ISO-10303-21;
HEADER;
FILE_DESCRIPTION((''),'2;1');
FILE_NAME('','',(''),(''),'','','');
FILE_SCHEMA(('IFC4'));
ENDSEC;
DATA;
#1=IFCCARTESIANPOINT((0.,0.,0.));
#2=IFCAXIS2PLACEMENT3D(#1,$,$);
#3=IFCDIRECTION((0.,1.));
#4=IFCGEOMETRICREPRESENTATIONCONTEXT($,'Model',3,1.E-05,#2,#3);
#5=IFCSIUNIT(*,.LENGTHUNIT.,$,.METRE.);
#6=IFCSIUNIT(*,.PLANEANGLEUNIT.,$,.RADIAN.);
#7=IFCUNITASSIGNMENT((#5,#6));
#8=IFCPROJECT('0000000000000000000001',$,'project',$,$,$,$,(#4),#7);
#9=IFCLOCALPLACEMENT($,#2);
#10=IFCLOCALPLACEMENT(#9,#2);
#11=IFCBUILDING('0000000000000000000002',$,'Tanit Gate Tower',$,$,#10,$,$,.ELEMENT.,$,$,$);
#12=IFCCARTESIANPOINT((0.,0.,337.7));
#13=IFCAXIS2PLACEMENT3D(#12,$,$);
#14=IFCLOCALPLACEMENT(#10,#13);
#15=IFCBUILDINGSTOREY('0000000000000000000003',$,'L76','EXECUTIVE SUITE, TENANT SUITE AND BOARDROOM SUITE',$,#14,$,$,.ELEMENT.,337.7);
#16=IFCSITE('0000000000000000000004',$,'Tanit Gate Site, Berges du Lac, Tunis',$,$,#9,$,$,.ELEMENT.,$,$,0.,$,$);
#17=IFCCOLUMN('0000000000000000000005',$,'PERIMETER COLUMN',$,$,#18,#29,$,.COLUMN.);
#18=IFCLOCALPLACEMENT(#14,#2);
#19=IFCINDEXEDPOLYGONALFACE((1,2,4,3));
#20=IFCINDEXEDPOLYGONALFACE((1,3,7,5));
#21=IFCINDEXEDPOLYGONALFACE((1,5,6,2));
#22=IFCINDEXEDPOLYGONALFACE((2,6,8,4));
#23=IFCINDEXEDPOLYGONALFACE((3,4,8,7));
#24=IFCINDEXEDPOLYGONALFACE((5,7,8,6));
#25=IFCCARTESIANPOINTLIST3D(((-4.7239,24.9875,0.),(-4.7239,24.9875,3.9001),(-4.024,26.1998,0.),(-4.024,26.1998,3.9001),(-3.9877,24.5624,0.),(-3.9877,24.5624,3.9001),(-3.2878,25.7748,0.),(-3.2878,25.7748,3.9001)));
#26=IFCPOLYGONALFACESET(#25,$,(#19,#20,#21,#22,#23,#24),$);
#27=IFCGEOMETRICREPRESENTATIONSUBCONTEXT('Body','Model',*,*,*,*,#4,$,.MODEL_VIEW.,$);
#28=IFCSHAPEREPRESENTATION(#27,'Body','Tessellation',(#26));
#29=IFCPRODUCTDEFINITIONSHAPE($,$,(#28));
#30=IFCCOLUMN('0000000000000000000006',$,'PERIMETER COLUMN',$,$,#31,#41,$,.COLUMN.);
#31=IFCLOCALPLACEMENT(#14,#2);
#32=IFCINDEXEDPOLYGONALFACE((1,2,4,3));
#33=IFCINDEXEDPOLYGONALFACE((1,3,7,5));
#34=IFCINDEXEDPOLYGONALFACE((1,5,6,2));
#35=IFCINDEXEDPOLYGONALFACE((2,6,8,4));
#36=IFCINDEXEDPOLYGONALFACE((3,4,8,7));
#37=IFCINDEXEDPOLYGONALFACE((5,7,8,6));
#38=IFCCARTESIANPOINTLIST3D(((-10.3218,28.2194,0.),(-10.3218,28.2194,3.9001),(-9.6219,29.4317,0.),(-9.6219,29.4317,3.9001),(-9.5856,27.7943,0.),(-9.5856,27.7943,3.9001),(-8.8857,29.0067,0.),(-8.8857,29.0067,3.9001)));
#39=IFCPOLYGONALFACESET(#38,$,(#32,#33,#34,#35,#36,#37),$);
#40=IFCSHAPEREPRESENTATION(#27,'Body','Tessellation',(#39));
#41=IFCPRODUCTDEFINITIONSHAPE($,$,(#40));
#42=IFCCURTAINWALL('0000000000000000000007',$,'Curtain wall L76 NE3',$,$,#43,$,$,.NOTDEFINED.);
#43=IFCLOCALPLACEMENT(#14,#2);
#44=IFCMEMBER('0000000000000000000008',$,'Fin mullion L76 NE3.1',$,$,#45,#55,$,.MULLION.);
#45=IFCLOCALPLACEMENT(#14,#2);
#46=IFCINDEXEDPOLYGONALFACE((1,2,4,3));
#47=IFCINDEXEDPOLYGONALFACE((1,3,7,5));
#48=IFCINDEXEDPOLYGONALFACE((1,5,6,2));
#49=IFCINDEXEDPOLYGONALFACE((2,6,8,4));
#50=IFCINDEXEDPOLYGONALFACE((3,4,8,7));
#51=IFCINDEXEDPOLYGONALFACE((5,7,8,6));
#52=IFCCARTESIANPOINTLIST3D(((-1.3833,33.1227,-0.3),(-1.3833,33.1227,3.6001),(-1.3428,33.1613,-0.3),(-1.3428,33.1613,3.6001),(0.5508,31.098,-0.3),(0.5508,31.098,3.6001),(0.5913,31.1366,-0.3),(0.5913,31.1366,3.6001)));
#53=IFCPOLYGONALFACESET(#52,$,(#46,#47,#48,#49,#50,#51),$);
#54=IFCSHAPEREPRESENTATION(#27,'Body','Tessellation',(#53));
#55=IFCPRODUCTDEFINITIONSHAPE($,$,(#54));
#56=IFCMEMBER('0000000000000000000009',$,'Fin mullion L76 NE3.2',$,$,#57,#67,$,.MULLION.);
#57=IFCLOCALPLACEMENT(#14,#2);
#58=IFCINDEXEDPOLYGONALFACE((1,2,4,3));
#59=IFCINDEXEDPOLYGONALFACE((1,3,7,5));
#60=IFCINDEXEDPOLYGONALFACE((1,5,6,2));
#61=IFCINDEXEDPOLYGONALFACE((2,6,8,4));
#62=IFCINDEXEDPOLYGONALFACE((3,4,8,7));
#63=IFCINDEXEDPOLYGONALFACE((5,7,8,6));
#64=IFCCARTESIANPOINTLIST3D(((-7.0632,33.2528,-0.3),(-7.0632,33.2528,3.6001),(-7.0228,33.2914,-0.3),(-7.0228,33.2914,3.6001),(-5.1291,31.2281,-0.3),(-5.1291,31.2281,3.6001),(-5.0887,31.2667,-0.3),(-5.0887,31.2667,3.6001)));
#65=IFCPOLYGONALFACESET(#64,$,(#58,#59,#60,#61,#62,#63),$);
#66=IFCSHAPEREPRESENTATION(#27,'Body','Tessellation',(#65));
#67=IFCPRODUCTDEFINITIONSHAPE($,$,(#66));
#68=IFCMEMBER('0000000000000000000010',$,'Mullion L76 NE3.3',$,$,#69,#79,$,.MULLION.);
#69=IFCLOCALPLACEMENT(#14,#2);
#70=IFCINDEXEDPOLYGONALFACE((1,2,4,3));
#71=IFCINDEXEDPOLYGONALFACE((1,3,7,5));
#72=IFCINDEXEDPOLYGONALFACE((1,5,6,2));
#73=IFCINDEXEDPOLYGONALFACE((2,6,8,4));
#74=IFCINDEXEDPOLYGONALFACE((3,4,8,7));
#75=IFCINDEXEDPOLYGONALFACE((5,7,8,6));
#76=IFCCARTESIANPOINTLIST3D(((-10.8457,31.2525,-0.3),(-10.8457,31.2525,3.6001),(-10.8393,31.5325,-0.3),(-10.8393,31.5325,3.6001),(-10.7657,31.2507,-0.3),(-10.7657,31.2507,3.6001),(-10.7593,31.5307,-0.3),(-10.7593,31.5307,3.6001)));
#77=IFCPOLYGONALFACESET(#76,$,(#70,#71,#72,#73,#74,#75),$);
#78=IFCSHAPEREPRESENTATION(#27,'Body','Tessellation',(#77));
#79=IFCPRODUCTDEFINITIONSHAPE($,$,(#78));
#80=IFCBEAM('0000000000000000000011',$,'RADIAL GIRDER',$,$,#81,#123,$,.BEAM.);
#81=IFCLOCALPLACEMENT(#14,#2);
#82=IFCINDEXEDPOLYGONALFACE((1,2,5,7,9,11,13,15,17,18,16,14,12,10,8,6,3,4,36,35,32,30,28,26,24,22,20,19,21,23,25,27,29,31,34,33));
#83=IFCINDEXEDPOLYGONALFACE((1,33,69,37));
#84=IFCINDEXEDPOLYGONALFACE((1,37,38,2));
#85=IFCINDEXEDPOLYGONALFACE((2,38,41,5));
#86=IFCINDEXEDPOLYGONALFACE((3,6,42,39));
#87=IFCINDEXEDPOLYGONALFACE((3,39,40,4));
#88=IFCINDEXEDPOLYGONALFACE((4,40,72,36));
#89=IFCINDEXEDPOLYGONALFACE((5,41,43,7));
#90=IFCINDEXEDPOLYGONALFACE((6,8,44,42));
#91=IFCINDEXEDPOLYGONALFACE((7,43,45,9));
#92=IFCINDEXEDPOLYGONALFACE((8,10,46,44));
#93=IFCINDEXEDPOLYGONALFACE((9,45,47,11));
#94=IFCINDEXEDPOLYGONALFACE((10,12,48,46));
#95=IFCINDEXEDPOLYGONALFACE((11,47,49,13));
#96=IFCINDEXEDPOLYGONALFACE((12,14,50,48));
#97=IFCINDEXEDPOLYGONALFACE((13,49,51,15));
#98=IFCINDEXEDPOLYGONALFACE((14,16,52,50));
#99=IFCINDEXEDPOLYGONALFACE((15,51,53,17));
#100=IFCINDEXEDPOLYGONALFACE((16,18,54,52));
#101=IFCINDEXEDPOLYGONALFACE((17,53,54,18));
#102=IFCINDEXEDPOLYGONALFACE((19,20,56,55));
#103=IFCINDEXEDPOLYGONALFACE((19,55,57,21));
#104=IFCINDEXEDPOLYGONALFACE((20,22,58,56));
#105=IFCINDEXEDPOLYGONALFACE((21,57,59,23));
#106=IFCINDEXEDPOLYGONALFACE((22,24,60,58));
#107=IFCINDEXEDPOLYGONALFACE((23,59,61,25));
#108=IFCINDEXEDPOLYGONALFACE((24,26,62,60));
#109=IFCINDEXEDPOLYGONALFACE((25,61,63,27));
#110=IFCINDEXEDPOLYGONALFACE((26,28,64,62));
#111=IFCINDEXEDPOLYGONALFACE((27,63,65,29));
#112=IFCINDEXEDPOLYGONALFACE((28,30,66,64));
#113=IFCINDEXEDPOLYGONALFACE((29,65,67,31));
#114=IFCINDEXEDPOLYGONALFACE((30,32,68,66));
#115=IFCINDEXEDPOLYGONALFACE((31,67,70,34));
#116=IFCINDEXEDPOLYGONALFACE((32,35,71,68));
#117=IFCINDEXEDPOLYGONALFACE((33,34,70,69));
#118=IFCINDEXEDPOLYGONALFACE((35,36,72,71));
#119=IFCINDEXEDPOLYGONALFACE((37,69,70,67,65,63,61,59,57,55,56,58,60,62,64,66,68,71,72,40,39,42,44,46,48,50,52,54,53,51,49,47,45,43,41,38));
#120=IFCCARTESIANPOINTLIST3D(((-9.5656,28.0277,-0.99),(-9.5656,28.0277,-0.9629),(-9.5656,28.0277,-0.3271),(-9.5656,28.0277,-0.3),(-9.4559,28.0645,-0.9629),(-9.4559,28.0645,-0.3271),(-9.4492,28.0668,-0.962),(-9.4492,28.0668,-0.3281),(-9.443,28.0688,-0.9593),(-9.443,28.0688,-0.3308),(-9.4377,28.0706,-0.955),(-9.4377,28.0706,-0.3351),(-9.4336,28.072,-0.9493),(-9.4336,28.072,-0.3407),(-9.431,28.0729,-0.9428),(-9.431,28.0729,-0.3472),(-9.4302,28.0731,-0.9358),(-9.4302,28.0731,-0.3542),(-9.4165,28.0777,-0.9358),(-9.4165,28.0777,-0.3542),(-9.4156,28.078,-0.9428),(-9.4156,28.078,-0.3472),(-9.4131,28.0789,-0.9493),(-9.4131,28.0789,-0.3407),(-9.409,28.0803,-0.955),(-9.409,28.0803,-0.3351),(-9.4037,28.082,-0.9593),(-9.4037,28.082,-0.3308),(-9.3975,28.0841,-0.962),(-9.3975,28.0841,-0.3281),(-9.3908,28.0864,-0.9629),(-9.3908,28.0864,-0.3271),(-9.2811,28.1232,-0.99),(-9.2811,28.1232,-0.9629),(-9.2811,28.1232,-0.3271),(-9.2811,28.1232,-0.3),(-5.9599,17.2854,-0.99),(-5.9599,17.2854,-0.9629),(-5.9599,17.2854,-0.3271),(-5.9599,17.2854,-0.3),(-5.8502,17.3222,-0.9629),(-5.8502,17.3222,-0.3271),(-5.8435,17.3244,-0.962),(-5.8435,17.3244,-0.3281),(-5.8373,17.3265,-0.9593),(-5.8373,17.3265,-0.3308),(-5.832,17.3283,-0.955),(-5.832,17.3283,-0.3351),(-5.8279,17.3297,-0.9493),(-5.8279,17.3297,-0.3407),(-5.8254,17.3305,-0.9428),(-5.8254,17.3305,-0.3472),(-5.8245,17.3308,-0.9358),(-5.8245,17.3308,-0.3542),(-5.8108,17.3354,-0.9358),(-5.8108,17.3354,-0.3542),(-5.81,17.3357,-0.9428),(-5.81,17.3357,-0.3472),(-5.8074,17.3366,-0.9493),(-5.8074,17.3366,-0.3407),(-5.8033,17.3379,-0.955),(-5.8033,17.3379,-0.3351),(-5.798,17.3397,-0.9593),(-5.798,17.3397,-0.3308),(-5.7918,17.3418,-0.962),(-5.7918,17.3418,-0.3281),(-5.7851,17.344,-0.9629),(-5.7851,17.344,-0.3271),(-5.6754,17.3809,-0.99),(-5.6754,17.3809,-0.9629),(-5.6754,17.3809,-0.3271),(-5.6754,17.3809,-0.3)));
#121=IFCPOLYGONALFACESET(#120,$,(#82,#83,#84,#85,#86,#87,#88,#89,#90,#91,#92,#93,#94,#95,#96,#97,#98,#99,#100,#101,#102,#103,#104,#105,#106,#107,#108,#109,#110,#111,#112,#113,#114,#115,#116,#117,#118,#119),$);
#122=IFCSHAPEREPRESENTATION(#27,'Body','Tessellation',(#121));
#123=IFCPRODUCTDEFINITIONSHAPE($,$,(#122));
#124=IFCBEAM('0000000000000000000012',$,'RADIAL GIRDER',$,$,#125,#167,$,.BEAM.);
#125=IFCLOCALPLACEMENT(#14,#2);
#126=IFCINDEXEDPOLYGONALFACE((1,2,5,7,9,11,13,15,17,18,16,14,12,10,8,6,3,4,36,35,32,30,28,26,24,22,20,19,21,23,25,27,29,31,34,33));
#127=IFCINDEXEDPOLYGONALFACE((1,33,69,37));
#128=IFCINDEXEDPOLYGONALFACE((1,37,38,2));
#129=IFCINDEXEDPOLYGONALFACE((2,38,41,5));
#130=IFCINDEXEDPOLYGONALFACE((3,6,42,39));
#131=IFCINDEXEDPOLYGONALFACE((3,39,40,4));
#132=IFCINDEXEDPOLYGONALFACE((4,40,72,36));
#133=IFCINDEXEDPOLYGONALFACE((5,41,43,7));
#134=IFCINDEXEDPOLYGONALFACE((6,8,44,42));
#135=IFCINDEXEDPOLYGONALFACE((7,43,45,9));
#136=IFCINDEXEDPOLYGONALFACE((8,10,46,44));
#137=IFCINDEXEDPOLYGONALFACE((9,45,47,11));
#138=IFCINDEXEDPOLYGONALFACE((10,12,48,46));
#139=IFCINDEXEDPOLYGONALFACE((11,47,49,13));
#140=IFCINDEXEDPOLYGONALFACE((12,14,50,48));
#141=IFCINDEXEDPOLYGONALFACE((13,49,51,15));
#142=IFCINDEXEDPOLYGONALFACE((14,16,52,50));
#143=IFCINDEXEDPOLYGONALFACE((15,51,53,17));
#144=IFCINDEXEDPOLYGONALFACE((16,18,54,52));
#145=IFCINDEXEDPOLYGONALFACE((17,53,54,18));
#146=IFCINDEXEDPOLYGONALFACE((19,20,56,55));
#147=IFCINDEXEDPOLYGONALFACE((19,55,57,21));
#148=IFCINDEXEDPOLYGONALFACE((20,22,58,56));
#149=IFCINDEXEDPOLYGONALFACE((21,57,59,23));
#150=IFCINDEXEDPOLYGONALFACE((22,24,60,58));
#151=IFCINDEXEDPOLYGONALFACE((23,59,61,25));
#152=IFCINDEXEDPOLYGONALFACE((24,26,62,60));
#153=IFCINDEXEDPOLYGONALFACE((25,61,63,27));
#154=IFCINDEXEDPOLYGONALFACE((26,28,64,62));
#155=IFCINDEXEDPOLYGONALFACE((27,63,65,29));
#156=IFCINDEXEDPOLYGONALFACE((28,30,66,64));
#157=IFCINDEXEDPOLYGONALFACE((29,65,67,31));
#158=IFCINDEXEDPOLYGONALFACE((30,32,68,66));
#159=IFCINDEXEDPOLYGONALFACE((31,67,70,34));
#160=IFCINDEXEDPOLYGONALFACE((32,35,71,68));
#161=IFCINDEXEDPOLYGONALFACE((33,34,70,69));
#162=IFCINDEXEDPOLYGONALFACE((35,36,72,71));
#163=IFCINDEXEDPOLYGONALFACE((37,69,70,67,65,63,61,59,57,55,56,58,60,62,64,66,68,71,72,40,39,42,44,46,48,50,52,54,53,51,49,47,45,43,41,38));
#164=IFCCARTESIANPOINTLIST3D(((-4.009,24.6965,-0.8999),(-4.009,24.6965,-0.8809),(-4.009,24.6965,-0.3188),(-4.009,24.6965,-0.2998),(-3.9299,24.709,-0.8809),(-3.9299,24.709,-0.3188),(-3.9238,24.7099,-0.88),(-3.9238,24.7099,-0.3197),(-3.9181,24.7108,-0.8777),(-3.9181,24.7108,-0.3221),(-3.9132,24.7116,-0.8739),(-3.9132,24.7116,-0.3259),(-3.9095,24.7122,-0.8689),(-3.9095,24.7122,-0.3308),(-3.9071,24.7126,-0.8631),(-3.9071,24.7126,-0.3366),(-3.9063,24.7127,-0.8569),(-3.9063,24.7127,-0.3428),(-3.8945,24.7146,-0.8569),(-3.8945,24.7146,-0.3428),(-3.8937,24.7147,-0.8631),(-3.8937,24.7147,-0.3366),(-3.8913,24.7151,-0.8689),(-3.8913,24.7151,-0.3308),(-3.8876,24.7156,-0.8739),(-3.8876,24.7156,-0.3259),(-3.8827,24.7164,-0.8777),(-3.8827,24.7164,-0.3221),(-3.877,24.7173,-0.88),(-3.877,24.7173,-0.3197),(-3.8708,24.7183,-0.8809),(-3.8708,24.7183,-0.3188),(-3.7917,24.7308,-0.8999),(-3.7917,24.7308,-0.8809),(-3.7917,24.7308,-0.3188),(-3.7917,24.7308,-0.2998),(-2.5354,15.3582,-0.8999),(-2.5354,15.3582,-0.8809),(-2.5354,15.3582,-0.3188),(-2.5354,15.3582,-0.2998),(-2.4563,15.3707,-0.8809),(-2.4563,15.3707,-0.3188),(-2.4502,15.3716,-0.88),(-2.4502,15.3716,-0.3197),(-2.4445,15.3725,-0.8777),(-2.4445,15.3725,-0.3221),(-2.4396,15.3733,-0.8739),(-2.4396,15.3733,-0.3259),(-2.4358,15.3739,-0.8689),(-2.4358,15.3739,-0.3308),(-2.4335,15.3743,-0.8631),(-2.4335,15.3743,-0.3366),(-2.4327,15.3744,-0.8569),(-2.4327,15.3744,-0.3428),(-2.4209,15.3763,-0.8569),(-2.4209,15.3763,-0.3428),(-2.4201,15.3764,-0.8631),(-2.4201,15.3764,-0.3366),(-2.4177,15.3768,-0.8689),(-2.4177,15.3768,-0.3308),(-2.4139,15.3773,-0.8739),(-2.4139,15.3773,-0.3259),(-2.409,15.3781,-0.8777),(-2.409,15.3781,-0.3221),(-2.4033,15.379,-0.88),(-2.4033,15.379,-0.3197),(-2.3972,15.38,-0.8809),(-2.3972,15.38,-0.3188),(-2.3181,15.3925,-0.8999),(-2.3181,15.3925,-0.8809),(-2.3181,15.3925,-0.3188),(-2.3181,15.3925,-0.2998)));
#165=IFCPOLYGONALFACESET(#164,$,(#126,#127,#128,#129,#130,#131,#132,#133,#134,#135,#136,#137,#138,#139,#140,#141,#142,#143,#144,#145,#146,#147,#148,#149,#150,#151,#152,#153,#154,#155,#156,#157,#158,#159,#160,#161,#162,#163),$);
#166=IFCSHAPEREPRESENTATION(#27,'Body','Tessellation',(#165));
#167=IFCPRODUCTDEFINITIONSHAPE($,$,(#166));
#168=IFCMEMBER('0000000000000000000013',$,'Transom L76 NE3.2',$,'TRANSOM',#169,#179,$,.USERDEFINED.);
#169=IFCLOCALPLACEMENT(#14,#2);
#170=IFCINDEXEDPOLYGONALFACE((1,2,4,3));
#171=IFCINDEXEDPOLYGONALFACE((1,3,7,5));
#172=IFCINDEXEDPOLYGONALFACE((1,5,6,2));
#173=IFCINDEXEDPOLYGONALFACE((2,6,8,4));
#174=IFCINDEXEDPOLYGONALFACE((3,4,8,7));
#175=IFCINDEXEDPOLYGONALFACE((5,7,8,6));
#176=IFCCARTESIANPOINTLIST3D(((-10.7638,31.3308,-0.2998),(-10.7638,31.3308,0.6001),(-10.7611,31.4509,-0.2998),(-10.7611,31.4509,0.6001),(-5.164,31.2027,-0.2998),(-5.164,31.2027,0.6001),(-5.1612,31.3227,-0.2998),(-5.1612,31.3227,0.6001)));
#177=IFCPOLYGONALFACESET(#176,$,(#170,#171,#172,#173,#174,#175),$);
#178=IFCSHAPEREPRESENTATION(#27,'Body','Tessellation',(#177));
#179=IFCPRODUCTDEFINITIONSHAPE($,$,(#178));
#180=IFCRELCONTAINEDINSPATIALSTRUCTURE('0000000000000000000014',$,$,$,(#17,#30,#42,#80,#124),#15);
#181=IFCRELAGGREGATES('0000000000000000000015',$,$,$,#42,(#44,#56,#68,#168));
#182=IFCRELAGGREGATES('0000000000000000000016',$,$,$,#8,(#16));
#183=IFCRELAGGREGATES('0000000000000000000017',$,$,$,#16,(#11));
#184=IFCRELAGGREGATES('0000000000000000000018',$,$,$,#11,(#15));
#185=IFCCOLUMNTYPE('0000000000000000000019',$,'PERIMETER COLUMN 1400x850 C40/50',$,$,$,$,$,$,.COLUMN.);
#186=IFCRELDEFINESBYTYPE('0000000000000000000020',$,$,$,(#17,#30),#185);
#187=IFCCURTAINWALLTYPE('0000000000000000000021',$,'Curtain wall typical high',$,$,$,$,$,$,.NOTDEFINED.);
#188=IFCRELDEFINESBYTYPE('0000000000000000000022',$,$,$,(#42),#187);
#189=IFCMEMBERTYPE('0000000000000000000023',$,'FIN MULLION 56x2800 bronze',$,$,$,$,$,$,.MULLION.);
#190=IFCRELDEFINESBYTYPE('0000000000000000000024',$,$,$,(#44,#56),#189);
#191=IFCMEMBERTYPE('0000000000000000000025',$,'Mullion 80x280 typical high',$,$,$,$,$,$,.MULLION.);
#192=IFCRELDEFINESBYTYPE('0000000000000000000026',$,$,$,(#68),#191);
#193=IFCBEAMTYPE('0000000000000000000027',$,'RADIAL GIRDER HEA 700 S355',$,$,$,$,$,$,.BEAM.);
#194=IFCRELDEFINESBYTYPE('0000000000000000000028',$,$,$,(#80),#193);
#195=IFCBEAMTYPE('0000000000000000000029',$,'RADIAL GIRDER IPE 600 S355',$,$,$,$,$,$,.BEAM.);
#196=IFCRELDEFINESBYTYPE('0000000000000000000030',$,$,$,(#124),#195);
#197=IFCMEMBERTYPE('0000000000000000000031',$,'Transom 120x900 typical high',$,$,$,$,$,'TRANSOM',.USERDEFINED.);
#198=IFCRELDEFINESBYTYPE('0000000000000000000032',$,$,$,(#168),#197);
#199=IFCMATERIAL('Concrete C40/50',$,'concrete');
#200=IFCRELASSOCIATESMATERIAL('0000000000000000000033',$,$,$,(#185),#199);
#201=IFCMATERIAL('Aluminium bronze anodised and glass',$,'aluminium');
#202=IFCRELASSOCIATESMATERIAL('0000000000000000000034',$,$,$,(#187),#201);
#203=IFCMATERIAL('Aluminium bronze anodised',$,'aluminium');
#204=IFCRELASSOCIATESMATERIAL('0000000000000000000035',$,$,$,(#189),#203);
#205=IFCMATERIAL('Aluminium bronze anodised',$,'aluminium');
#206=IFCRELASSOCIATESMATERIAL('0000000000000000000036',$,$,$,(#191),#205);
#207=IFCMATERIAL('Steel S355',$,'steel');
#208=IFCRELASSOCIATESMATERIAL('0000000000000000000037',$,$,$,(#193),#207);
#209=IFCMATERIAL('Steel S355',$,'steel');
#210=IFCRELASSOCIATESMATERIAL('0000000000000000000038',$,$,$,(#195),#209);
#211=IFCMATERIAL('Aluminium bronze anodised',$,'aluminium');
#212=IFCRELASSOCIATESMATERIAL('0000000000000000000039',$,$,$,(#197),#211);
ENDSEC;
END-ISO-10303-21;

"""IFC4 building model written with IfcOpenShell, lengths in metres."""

from ifc_helpers import new_model, si_unit, direction, frame, origin, origin_2d, place, context, subcontext, project, spatial, rectangle, i_section, extrude, material, material_profile, profile_set, type_object, element, aggregate, save


model = new_model("IFC4")

# Units and contexts
model_context = context("Model", 3, precision=1e-05, world=origin(), true_north=direction((0.0, 1.0)))
body_context = subcontext(model_context, "Body", "Model", "MODEL_VIEW")
ifc_project = project(units=[si_unit("LENGTHUNIT", "METRE"), si_unit("PLANEANGLEUNIT", "RADIAN")], contexts=[model_context])

# Site, building, storey
site_placement = place(None, origin())
site = spatial("IfcSite", under=ifc_project, at=site_placement, Name="Tanit Gate Site, Berges du Lac, Tunis", CompositionType="ELEMENT", RefElevation=0.0)
building_placement = place(site_placement, origin())
building = spatial("IfcBuilding", under=site, at=building_placement, Name="Tanit Gate Tower", CompositionType="ELEMENT")
storey_placement = place(building_placement, frame((0.0, 0.0, 337.7)))
storey = spatial("IfcBuildingStorey", under=building, at=storey_placement, Name="L76", Description="EXECUTIVE SUITE, TENANT SUITE AND BOARDROOM SUITE", CompositionType="ELEMENT", Elevation=337.7)

# Columns
ifc_material_1 = material(Name="Concrete C40/50", Category="concrete")
ifc_material_profile_1 = material_profile(ifc_material_1, rectangle(XDim=1.3999, YDim=0.8501, at=origin_2d()), Name="RC 1400x850")
ifc_profile_set_1 = profile_set([ifc_material_profile_1], Name="Concrete C40/50")
column_type = type_object("IfcColumnType", Name="PERIMETER COLUMN 1400x850 C40/50", PredefinedType="COLUMN", material=ifc_profile_set_1)
for number, where, z_axis, x_axis, name in (
    (1, (-4.0059, 25.3811, 0.0), (0.0, 0.0, 1.0), (0.5, 0.866025, 0.0), "PERIMETER COLUMN"),
    (2, (-9.6038, 28.613, 0.0), (0.0, 0.0, 1.0), (0.5, 0.866025, 0.0), "PERIMETER COLUMN"),
):
    element("IfcColumn", number, at=place(storey_placement, frame(where, z_axis=z_axis, x_axis=x_axis)), inside=storey, type_object=column_type, Name=name, PredefinedType="COLUMN", context=body_context, shape_type="SweptSolid", body=[
        extrude(rectangle(XDim=1.3999, YDim=0.8501, at=origin_2d()), origin(), (0.0, 0.0, 1.0), 3.9001),
    ])

# Curtain wall, members
ifc_material_2 = material(Name="Aluminium bronze anodised and glass", Category="aluminium")
curtain_wall_type = type_object("IfcCurtainWallType", Name="Curtain wall typical high", PredefinedType="NOTDEFINED", material=ifc_material_2)
curtain_wall_placement = place(storey_placement, origin())
curtain_wall = element("IfcCurtainWall", 3, at=curtain_wall_placement, inside=storey, type_object=curtain_wall_type, Name="Curtain wall L76 NE3", PredefinedType="NOTDEFINED")
ifc_material_3 = material(Name="Aluminium bronze anodised", Category="aluminium")
ifc_material_profile_2 = material_profile(ifc_material_3, rectangle(XDim=2.8, YDim=0.0559, at=origin_2d()), Name="56x2800 bronze fin mullion")
ifc_profile_set_2 = profile_set([ifc_material_profile_2], Name="Aluminium bronze anodised")
member_type_1 = type_object("IfcMemberType", Name="FIN MULLION 56x2800 bronze", PredefinedType="MULLION", material=ifc_profile_set_2)
member_1_placement = place(storey_placement, frame((-0.396, 32.1296, -0.3), z_axis=(0.0, 0.0, 1.0), x_axis=(0.690743, -0.7231, 0.0)))
member_1 = element("IfcMember", 4, at=member_1_placement, type_object=member_type_1, Name="Fin mullion L76 NE3.1", PredefinedType="MULLION", context=body_context, shape_type="SweptSolid", body=[
    extrude(rectangle(XDim=2.8, YDim=0.0559, at=origin_2d()), origin(), (0.0, 0.0, 1.0), 3.9001),
])
member_2_placement = place(storey_placement, frame((-6.0759, 32.2598, -0.3), z_axis=(0.0, 0.0, 1.0), x_axis=(0.690743, -0.7231, 0.0)))
member_2 = element("IfcMember", 5, at=member_2_placement, type_object=member_type_1, Name="Fin mullion L76 NE3.2", PredefinedType="MULLION", context=body_context, shape_type="SweptSolid", body=[
    extrude(rectangle(XDim=2.8, YDim=0.0559, at=origin_2d()), origin(), (0.0, 0.0, 1.0), 3.9001),
])
ifc_material_4 = material(Name="Aluminium bronze anodised", Category="aluminium")
ifc_material_profile_3 = material_profile(ifc_material_4, rectangle(XDim=0.28, YDim=0.0801, at=origin_2d()), Name="80x280 bronze mullion")
ifc_profile_set_3 = profile_set([ifc_material_profile_3], Name="Aluminium bronze anodised")
member_type_2 = type_object("IfcMemberType", Name="Mullion 80x280 typical high", PredefinedType="MULLION", material=ifc_profile_set_3)
member_3_placement = place(storey_placement, frame((-10.8025, 31.3916, -0.3), z_axis=(0.0, 0.0, 1.0), x_axis=(-0.02288, -0.999738, 0.0)))
member_3 = element("IfcMember", 6, at=member_3_placement, type_object=member_type_2, Name="Mullion L76 NE3.3", PredefinedType="MULLION", context=body_context, shape_type="SweptSolid", body=[
    extrude(rectangle(XDim=0.28, YDim=0.0801, at=origin_2d()), origin(), (0.0, 0.0, 1.0), 3.9001),
])

# Beams
ifc_material_5 = material(Name="Steel S355", Category="steel")
ifc_material_profile_4 = material_profile(ifc_material_5, i_section(OverallWidth=0.3, OverallDepth=0.6899, WebThickness=0.0144, FlangeThickness=0.0271, FilletRadius=0.0271, at=origin_2d()), Name="HEA 700")
ifc_profile_set_4 = profile_set([ifc_material_profile_4], Name="Steel S355")
beam_type_1 = type_object("IfcBeamType", Name="RADIAL GIRDER HEA 700 S355", PredefinedType="BEAM", material=ifc_profile_set_4)
beam_1_placement = place(storey_placement, frame((-9.4233, 28.0754, -0.645), z_axis=(0.318205, -0.948022, 0.0), x_axis=(0.948022, 0.318205, 0.0)))
element("IfcBeam", 7, at=beam_1_placement, inside=storey, type_object=beam_type_1, Name="RADIAL GIRDER", PredefinedType="BEAM", context=body_context, shape_type="SweptSolid", body=[
    extrude(i_section(OverallWidth=0.3, OverallDepth=0.6899, WebThickness=0.0144, FlangeThickness=0.0271, FilletRadius=0.0271, at=origin_2d()), origin(), (0.0, 0.0, 1.0), 11.3313),
])
ifc_material_6 = material(Name="Steel S355", Category="steel")
ifc_material_profile_5 = material_profile(ifc_material_6, i_section(OverallWidth=0.22, OverallDepth=0.6001, WebThickness=0.012, FlangeThickness=0.019, FilletRadius=0.0239, at=origin_2d()), Name="IPE 600")
ifc_profile_set_5 = profile_set([ifc_material_profile_5], Name="Steel S355")
beam_type_2 = type_object("IfcBeamType", Name="RADIAL GIRDER IPE 600 S355", PredefinedType="BEAM", material=ifc_profile_set_5)
beam_2_placement = place(storey_placement, frame((-3.9004, 24.7136, -0.5999), z_axis=(0.155875, -0.987777, 0.0), x_axis=(0.987777, 0.155875, 0.0)))
element("IfcBeam", 8, at=beam_2_placement, inside=storey, type_object=beam_type_2, Name="RADIAL GIRDER", PredefinedType="BEAM", context=body_context, shape_type="SweptSolid", body=[
    extrude(i_section(OverallWidth=0.22, OverallDepth=0.6001, WebThickness=0.012, FlangeThickness=0.019, FilletRadius=0.0239, at=origin_2d()), origin(), (0.0, 0.0, 1.0), 9.4539),
])

# Member
ifc_material_7 = material(Name="Aluminium bronze anodised", Category="aluminium")
ifc_material_profile_6 = material_profile(ifc_material_7, rectangle(XDim=0.1201, YDim=0.8999, at=origin_2d()), Name="120x900 bronze transom")
ifc_profile_set_6 = profile_set([ifc_material_profile_6], Name="Aluminium bronze anodised")
member_type_3 = type_object("IfcMemberType", Name="Transom 120x900 typical high", ElementType="TRANSOM", PredefinedType="USERDEFINED", material=ifc_profile_set_6)
member_4_placement = place(storey_placement, frame((-5.1626, 31.2627, 0.1501), z_axis=(-0.999738, 0.022883, 0.0), x_axis=(-0.022883, -0.999738, 0.0)))
member_4 = element("IfcMember", 9, at=member_4_placement, type_object=member_type_3, Name="Transom L76 NE3.2", ObjectType="TRANSOM", PredefinedType="USERDEFINED", context=body_context, shape_type="SweptSolid", body=[
    extrude(rectangle(XDim=0.1201, YDim=0.8999, at=origin_2d()), origin(), (0.0, 0.0, 1.0), 5.6013),
])

aggregate(curtain_wall, [member_1, member_2, member_3, member_4])

save(model, "model.ifc")
